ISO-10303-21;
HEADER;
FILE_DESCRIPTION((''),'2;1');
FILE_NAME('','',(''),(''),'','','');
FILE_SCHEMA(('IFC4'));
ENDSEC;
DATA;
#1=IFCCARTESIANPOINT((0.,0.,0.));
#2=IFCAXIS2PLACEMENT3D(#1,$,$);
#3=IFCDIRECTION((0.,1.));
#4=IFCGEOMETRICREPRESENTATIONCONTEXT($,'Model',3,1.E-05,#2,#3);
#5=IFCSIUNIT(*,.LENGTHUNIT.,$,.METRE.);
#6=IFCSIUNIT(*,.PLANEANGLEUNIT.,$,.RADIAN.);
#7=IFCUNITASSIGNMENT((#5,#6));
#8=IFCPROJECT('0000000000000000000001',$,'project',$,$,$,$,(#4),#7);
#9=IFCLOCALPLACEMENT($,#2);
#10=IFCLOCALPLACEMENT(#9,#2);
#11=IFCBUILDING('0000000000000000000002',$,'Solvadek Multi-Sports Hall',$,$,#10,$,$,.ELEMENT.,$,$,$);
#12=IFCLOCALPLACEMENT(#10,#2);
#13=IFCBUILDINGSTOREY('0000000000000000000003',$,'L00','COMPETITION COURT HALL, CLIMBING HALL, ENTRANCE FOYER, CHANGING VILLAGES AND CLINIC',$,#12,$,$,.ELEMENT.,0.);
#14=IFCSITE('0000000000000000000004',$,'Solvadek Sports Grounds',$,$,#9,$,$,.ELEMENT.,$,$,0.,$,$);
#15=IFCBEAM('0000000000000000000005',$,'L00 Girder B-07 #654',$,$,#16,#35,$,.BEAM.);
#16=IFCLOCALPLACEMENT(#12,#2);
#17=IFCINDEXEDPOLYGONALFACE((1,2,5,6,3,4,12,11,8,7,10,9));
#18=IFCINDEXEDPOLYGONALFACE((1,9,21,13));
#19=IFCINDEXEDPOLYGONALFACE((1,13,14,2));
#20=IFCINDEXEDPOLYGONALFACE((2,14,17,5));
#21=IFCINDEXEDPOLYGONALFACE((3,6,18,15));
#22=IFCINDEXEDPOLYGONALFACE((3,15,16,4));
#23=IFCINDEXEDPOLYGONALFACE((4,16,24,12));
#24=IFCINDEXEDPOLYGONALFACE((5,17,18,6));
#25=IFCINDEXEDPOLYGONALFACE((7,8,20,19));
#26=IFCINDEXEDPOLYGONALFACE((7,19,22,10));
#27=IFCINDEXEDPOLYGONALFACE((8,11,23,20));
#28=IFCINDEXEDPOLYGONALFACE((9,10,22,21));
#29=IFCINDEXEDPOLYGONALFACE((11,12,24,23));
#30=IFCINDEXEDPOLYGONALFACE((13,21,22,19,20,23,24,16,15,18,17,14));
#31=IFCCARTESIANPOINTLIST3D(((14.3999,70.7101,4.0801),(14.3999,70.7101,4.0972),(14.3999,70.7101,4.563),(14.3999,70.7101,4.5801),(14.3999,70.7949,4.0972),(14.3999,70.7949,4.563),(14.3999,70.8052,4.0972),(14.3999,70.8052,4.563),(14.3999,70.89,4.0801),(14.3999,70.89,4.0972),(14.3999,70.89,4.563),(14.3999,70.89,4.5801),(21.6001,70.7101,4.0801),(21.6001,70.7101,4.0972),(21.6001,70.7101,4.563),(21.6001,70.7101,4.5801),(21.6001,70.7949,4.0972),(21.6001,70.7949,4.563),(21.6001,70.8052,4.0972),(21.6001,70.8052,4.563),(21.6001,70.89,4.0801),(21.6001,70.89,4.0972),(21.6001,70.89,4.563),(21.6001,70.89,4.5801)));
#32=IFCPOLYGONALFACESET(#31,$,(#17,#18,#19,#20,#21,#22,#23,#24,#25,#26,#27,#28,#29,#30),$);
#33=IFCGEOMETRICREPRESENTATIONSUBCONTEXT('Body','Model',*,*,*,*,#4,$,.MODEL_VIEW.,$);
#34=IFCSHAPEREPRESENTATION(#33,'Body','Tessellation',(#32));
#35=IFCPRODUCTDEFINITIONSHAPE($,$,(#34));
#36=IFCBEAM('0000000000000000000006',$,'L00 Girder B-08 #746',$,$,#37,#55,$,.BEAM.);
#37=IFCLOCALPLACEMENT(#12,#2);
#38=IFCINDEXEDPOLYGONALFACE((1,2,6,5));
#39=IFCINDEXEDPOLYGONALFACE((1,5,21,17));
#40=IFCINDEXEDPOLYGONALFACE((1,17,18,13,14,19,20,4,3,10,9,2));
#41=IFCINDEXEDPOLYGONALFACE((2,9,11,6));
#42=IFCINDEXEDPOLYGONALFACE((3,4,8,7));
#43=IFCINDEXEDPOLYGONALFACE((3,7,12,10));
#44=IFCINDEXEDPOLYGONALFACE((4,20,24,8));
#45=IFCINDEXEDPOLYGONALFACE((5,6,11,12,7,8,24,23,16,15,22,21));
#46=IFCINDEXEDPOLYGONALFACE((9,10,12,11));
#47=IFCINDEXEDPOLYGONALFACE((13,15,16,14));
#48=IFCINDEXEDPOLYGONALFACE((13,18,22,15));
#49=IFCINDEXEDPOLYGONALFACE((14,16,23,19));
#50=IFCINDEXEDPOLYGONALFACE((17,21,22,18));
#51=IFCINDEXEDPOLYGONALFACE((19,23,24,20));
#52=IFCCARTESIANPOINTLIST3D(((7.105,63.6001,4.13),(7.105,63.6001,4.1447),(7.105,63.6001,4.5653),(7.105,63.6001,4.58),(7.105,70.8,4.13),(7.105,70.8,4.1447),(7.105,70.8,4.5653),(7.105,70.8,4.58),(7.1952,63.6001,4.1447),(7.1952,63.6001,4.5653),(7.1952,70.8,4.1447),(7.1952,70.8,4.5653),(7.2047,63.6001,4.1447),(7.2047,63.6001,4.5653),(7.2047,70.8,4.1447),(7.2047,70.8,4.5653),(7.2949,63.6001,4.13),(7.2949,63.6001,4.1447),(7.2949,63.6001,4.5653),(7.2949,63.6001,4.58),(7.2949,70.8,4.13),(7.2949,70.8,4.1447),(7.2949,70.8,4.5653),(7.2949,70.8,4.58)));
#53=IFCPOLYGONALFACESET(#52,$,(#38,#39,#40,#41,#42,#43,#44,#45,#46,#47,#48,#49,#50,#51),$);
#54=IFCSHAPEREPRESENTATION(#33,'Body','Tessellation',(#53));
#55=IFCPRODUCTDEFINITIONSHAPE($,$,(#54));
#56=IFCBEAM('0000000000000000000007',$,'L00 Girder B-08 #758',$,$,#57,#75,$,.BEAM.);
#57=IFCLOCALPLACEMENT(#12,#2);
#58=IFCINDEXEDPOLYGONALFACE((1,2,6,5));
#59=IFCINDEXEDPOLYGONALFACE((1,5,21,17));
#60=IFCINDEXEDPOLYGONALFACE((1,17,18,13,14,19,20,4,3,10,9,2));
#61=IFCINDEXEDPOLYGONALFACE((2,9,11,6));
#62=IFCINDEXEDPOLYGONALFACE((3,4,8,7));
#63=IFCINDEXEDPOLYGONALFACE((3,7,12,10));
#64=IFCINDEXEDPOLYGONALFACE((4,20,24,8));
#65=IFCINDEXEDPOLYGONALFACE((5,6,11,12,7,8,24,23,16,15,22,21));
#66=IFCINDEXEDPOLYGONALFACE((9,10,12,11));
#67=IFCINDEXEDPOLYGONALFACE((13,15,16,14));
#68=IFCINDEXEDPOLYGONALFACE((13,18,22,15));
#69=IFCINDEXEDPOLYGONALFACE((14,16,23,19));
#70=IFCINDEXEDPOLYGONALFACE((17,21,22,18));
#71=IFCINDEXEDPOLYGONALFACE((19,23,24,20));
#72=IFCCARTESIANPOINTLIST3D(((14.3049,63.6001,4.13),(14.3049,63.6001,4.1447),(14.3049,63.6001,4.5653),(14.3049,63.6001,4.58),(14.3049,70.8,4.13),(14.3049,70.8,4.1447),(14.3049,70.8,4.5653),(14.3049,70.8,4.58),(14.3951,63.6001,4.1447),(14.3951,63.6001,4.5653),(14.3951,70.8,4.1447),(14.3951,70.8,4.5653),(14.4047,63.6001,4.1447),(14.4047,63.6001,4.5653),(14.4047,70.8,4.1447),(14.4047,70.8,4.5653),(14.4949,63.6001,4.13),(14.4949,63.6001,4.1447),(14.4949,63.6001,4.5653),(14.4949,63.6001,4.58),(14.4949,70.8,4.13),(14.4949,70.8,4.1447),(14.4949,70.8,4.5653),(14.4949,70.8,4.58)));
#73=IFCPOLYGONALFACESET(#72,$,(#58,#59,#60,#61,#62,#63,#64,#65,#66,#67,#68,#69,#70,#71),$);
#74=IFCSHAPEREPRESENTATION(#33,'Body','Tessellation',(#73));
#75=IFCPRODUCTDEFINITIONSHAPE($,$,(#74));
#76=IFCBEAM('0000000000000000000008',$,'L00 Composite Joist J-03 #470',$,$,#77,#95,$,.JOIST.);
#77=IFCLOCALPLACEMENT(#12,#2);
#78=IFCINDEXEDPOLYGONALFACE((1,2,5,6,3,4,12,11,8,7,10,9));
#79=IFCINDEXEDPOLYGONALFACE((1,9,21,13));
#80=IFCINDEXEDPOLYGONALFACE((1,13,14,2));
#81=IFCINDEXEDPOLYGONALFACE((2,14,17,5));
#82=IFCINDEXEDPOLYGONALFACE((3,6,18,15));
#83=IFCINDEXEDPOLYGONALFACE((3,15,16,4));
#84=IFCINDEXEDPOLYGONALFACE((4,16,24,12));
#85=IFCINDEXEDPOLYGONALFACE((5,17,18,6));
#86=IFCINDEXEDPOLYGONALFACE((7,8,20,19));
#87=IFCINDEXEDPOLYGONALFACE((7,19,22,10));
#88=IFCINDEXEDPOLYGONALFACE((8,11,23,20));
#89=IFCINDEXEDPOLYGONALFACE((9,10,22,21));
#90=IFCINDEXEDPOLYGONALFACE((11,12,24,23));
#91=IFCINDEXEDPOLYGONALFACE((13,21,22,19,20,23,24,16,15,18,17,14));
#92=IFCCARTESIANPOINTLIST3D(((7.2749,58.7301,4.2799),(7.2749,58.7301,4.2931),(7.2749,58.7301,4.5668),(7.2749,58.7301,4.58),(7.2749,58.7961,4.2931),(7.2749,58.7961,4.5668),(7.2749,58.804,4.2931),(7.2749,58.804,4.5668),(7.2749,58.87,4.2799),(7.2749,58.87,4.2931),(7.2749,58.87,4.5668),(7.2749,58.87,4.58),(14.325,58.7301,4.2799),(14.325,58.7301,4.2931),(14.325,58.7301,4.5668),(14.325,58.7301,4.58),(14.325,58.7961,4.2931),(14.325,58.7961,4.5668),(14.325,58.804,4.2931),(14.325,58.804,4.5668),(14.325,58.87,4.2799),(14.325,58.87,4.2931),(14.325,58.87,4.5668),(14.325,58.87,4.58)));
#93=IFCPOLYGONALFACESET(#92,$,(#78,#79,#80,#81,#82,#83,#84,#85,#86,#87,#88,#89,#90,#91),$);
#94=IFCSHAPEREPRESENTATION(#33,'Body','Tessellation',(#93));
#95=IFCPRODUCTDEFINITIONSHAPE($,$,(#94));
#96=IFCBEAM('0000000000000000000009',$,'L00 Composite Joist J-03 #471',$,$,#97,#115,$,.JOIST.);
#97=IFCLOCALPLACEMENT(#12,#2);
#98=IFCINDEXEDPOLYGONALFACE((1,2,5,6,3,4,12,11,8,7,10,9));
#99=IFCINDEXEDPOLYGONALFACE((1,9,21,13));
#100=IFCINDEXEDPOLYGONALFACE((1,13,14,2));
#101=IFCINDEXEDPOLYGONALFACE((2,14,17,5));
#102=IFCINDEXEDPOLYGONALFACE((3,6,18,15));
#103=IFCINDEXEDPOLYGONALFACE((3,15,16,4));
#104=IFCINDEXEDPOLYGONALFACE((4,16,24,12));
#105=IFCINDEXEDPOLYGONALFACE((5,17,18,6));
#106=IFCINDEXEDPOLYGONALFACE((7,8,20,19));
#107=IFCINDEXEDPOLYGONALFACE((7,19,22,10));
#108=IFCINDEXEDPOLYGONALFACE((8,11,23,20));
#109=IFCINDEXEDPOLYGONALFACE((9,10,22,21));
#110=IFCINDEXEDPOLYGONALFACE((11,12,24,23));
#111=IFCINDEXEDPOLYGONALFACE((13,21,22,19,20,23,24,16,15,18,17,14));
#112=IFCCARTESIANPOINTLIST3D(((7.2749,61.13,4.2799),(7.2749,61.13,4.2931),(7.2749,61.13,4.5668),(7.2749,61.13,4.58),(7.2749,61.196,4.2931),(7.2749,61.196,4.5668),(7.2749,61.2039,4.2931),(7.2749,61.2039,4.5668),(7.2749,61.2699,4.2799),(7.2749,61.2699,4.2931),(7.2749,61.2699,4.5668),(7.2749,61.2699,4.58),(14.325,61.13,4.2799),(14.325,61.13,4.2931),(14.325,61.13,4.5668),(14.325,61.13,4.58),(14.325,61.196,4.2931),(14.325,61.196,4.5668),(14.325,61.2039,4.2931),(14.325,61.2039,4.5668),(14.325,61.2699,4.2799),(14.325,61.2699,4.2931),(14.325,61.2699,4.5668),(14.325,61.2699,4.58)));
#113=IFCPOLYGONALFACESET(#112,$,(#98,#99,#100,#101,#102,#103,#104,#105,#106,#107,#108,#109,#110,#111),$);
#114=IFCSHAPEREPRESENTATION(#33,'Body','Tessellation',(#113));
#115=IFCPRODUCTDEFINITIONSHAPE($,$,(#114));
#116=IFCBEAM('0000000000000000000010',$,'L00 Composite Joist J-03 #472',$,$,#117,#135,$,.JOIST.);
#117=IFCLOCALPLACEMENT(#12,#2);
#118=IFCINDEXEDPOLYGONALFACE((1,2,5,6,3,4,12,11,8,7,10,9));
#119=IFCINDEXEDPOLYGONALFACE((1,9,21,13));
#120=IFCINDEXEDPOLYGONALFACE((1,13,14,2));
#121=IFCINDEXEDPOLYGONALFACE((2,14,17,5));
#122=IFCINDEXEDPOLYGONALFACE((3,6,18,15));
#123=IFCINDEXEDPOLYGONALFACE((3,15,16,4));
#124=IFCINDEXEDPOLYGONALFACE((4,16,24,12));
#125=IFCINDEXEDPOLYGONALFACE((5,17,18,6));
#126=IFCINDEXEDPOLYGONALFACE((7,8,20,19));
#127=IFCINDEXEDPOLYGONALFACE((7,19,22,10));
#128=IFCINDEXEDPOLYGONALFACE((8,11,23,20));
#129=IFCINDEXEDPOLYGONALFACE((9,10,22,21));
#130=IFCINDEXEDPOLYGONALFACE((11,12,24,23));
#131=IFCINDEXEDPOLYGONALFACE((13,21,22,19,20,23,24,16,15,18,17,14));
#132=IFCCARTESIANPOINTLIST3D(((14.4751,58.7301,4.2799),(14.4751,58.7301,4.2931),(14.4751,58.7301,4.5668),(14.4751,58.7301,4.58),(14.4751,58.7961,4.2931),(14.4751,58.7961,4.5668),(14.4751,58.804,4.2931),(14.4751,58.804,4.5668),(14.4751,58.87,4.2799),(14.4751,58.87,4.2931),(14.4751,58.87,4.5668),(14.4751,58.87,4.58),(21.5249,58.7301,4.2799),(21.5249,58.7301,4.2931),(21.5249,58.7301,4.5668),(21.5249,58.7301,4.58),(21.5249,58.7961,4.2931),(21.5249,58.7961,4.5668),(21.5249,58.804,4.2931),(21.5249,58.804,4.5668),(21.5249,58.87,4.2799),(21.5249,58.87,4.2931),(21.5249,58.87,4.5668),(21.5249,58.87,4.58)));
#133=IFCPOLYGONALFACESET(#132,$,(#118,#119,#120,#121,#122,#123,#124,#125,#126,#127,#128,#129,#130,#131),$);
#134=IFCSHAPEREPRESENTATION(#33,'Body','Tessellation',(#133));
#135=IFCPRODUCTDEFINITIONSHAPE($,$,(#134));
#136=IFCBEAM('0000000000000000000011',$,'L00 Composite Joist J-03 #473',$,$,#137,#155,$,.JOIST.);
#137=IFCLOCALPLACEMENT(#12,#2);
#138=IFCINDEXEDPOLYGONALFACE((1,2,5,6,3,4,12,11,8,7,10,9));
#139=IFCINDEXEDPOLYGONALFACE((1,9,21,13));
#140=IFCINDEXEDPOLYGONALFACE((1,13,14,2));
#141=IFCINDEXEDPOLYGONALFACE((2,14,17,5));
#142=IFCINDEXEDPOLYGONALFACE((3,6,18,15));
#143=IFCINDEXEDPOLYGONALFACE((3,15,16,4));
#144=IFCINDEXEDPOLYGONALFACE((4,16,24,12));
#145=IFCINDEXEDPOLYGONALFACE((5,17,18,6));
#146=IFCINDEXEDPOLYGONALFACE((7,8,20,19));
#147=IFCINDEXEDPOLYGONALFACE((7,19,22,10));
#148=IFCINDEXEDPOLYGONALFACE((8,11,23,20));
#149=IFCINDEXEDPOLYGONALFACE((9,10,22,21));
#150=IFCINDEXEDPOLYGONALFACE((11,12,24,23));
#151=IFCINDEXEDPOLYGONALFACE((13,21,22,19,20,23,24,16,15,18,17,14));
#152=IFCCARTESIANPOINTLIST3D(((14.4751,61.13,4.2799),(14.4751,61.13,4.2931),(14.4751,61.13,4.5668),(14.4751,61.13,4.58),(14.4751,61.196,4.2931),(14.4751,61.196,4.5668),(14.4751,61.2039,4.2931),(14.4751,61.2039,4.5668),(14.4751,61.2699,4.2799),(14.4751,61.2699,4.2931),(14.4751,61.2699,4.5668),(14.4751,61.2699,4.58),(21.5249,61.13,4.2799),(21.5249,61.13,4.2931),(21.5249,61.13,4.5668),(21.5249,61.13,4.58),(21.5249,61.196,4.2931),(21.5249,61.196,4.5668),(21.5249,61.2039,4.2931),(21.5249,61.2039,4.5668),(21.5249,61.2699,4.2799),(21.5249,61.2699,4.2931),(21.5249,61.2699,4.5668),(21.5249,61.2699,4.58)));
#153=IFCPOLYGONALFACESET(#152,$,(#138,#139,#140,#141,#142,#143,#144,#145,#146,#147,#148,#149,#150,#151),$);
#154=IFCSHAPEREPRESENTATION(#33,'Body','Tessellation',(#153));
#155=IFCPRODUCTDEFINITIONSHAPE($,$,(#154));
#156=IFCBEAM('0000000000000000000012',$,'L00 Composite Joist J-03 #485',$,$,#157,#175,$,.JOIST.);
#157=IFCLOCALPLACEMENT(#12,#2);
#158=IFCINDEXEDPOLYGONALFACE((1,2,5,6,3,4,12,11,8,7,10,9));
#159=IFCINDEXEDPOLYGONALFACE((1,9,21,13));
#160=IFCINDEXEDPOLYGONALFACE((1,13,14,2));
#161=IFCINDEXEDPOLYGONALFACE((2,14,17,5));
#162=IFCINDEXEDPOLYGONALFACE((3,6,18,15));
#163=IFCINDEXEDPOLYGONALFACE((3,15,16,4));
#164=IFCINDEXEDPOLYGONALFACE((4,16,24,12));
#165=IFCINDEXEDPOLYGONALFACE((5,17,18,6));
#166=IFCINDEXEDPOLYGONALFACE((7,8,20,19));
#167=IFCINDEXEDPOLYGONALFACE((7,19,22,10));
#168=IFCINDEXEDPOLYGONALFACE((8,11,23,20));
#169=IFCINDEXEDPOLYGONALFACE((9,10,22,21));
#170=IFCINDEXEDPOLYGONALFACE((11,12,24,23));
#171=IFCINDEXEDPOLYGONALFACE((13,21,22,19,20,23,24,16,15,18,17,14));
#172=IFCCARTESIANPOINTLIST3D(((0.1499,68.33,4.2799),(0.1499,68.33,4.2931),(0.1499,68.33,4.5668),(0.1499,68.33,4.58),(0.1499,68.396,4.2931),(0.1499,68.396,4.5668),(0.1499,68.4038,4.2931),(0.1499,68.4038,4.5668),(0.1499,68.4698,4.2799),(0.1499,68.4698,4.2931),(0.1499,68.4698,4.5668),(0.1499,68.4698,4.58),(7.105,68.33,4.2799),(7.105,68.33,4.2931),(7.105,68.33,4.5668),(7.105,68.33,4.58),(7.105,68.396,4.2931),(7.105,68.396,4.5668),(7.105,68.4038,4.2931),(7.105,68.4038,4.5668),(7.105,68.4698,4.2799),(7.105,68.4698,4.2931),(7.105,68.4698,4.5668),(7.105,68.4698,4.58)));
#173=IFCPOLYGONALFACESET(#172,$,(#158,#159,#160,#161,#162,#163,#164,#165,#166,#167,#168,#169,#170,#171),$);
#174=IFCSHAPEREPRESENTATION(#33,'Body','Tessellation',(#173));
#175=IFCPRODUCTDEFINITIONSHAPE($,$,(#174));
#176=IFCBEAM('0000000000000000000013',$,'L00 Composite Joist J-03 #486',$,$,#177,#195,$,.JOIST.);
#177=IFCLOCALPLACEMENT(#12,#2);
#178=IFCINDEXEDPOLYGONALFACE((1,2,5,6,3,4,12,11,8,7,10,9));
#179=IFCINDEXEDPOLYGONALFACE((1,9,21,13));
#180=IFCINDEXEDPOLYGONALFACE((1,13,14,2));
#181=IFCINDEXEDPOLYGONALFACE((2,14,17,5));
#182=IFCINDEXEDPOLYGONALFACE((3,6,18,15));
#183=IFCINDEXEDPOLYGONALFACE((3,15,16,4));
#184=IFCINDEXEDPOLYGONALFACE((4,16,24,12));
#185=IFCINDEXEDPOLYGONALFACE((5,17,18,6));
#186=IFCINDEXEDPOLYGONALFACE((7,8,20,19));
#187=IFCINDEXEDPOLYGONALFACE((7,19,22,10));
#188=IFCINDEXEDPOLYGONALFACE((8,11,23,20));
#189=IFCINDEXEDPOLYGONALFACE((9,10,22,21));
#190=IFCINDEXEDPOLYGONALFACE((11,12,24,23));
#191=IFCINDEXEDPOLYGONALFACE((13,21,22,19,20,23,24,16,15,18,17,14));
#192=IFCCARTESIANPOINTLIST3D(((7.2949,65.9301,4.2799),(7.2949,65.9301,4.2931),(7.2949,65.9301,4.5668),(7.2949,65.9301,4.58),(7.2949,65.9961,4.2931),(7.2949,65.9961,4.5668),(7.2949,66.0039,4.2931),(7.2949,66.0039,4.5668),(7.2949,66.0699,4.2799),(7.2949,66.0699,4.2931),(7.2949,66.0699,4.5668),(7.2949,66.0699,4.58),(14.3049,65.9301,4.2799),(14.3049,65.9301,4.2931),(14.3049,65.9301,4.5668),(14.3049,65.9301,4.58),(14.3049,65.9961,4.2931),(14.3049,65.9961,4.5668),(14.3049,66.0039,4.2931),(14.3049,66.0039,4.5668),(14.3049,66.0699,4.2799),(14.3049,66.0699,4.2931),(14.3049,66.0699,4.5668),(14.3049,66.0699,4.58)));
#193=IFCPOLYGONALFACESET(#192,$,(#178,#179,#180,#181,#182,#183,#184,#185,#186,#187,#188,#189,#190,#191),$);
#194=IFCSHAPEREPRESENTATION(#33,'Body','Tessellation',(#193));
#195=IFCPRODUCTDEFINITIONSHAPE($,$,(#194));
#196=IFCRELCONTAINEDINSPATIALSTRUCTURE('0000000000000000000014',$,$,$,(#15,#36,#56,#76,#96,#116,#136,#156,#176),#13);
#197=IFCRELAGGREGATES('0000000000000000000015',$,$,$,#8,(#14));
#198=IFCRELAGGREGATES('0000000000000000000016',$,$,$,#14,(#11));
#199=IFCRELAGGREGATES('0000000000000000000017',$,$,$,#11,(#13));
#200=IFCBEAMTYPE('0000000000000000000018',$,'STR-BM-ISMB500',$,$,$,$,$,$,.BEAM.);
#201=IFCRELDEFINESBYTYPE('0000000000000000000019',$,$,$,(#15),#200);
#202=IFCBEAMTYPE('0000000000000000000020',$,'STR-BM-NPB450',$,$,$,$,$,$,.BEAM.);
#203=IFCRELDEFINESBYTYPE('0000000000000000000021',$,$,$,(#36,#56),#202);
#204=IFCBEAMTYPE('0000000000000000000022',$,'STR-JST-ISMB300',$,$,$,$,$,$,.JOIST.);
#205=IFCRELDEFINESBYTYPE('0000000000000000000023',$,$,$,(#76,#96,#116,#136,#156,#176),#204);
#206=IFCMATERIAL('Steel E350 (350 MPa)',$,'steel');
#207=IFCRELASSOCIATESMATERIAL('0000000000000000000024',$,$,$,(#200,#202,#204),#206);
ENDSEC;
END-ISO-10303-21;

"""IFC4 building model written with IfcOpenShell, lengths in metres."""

from ifc_helpers import new_model, si_unit, direction, frame, origin, origin_2d, place, context, subcontext, project, spatial, i_section, extrude, material, material_profile, profile_set, type_object, element, save


model = new_model("IFC4")

# Units and contexts
model_context = context("Model", 3, precision=1e-05, world=origin(), true_north=direction((0.0, 1.0)))
body_context = subcontext(model_context, "Body", "Model", "MODEL_VIEW")
ifc_project = project(units=[si_unit("LENGTHUNIT", "METRE"), si_unit("PLANEANGLEUNIT", "RADIAN")], contexts=[model_context])

# Site, building, storey
site_placement = place(None, origin())
site = spatial("IfcSite", under=ifc_project, at=site_placement, Name="Solvadek Sports Grounds", CompositionType="ELEMENT", RefElevation=0.0)
building_placement = place(site_placement, origin())
building = spatial("IfcBuilding", under=site, at=building_placement, Name="Solvadek Multi-Sports Hall", CompositionType="ELEMENT")
storey_placement = place(building_placement, origin())
storey = spatial("IfcBuildingStorey", under=building, at=storey_placement, Name="L00", Description="COMPETITION COURT HALL, CLIMBING HALL, ENTRANCE FOYER, CHANGING VILLAGES AND CLINIC", CompositionType="ELEMENT", Elevation=0.0)

# Shared definitions
ifc_material = material(Name="Steel E350 (350 MPa)", Category="steel")

# Beams
ifc_material_profile_1 = material_profile(ifc_material, i_section(OverallWidth=0.1799, OverallDepth=0.5, WebThickness=0.0103, FlangeThickness=0.0171, at=origin_2d()), Name="ISMB 500")
ifc_profile_set_1 = profile_set([ifc_material_profile_1], Name="Steel E350 (350 MPa)")
beam_type_1 = type_object("IfcBeamType", Name="STR-BM-ISMB500", PredefinedType="BEAM", material=ifc_profile_set_1)
beam_1_placement = place(storey_placement, frame((14.3999, 70.8, 4.3301), z_axis=(1.0, 0.0, 0.0), x_axis=(0.0, 1.0, 0.0)))
element("IfcBeam", 1, at=beam_1_placement, inside=storey, type_object=beam_type_1, Name="L00 Girder B-07 #654", PredefinedType="BEAM", context=body_context, shape_type="SweptSolid", body=[
    extrude(i_section(OverallWidth=0.1799, OverallDepth=0.5, WebThickness=0.0103, FlangeThickness=0.0171, at=origin_2d()), origin(), (0.0, 0.0, 1.0), 7.2002),
])
ifc_material_profile_2 = material_profile(ifc_material, i_section(OverallWidth=0.1899, OverallDepth=0.45, WebThickness=0.0095, FlangeThickness=0.0146, at=origin_2d()), Name="NPB 450")
ifc_profile_set_2 = profile_set([ifc_material_profile_2], Name="Steel E350 (350 MPa)")
beam_type_2 = type_object("IfcBeamType", Name="STR-BM-NPB450", PredefinedType="BEAM", material=ifc_profile_set_2)
for number, where, z_axis, x_axis, name in (
    (2, (7.2, 63.6001, 4.355), (0.0, 1.0, 0.0), (-1.0, 0.0, 0.0), "L00 Girder B-08 #746"),
    (3, (14.3999, 63.6001, 4.355), (0.0, 1.0, 0.0), (-1.0, 0.0, 0.0), "L00 Girder B-08 #758"),
):
    element("IfcBeam", number, at=place(storey_placement, frame(where, z_axis=z_axis, x_axis=x_axis)), inside=storey, type_object=beam_type_2, Name=name, PredefinedType="BEAM", context=body_context, shape_type="SweptSolid", body=[
        extrude(i_section(OverallWidth=0.1899, OverallDepth=0.45, WebThickness=0.0095, FlangeThickness=0.0146, at=origin_2d()), origin(), (0.0, 0.0, 1.0), 7.2),
    ])
ifc_material_profile_3 = material_profile(ifc_material, i_section(OverallWidth=0.1399, OverallDepth=0.3, WebThickness=0.0078, FlangeThickness=0.0132, at=origin_2d()), Name="ISMB 300")
ifc_profile_set_3 = profile_set([ifc_material_profile_3], Name="Steel E350 (350 MPa)")
beam_type_3 = type_object("IfcBeamType", Name="STR-JST-ISMB300", PredefinedType="JOIST", material=ifc_profile_set_3)
for number, where, z_axis, x_axis, name in (
    (4, (7.2749, 58.8, 4.4299), (1.0, 0.0, 0.0), (0.0, 1.0, 0.0), "L00 Composite Joist J-03 #470"),
    (5, (7.2749, 61.2, 4.4299), (1.0, 0.0, 0.0), (0.0, 1.0, 0.0), "L00 Composite Joist J-03 #471"),
):
    element("IfcBeam", number, at=place(storey_placement, frame(where, z_axis=z_axis, x_axis=x_axis)), inside=storey, type_object=beam_type_3, Name=name, PredefinedType="JOIST", context=body_context, shape_type="SweptSolid", body=[
        extrude(i_section(OverallWidth=0.1399, OverallDepth=0.3, WebThickness=0.0078, FlangeThickness=0.0132, at=origin_2d()), origin(), (0.0, 0.0, 1.0), 7.05),
    ])
for number, where, z_axis, x_axis, name in (
    (6, (14.4751, 58.8, 4.4299), (1.0, 0.0, 0.0), (0.0, 1.0, 0.0), "L00 Composite Joist J-03 #472"),
    (7, (14.4751, 61.2, 4.4299), (1.0, 0.0, 0.0), (0.0, 1.0, 0.0), "L00 Composite Joist J-03 #473"),
):
    element("IfcBeam", number, at=place(storey_placement, frame(where, z_axis=z_axis, x_axis=x_axis)), inside=storey, type_object=beam_type_3, Name=name, PredefinedType="JOIST", context=body_context, shape_type="SweptSolid", body=[
        extrude(i_section(OverallWidth=0.1399, OverallDepth=0.3, WebThickness=0.0078, FlangeThickness=0.0132, at=origin_2d()), origin(), (0.0, 0.0, 1.0), 7.0498),
    ])
beam_2_placement = place(storey_placement, frame((0.1499, 68.3999, 4.4299), z_axis=(1.0, 0.0, 0.0), x_axis=(0.0, 1.0, 0.0)))
element("IfcBeam", 8, at=beam_2_placement, inside=storey, type_object=beam_type_3, Name="L00 Composite Joist J-03 #485", PredefinedType="JOIST", context=body_context, shape_type="SweptSolid", body=[
    extrude(i_section(OverallWidth=0.1399, OverallDepth=0.3, WebThickness=0.0078, FlangeThickness=0.0132, at=origin_2d()), origin(), (0.0, 0.0, 1.0), 6.9551),
])
for number, where, z_axis, x_axis, name in (
    (9, (7.2949, 66.0, 4.4299), (1.0, 0.0, 0.0), (0.0, 1.0, 0.0), "L00 Composite Joist J-03 #486"),
):
    element("IfcBeam", number, at=place(storey_placement, frame(where, z_axis=z_axis, x_axis=x_axis)), inside=storey, type_object=beam_type_3, Name=name, PredefinedType="JOIST", context=body_context, shape_type="SweptSolid", body=[
        extrude(i_section(OverallWidth=0.1399, OverallDepth=0.3, WebThickness=0.0078, FlangeThickness=0.0132, at=origin_2d()), origin(), (0.0, 0.0, 1.0), 7.01),
    ])

save(model, "model.ifc")
